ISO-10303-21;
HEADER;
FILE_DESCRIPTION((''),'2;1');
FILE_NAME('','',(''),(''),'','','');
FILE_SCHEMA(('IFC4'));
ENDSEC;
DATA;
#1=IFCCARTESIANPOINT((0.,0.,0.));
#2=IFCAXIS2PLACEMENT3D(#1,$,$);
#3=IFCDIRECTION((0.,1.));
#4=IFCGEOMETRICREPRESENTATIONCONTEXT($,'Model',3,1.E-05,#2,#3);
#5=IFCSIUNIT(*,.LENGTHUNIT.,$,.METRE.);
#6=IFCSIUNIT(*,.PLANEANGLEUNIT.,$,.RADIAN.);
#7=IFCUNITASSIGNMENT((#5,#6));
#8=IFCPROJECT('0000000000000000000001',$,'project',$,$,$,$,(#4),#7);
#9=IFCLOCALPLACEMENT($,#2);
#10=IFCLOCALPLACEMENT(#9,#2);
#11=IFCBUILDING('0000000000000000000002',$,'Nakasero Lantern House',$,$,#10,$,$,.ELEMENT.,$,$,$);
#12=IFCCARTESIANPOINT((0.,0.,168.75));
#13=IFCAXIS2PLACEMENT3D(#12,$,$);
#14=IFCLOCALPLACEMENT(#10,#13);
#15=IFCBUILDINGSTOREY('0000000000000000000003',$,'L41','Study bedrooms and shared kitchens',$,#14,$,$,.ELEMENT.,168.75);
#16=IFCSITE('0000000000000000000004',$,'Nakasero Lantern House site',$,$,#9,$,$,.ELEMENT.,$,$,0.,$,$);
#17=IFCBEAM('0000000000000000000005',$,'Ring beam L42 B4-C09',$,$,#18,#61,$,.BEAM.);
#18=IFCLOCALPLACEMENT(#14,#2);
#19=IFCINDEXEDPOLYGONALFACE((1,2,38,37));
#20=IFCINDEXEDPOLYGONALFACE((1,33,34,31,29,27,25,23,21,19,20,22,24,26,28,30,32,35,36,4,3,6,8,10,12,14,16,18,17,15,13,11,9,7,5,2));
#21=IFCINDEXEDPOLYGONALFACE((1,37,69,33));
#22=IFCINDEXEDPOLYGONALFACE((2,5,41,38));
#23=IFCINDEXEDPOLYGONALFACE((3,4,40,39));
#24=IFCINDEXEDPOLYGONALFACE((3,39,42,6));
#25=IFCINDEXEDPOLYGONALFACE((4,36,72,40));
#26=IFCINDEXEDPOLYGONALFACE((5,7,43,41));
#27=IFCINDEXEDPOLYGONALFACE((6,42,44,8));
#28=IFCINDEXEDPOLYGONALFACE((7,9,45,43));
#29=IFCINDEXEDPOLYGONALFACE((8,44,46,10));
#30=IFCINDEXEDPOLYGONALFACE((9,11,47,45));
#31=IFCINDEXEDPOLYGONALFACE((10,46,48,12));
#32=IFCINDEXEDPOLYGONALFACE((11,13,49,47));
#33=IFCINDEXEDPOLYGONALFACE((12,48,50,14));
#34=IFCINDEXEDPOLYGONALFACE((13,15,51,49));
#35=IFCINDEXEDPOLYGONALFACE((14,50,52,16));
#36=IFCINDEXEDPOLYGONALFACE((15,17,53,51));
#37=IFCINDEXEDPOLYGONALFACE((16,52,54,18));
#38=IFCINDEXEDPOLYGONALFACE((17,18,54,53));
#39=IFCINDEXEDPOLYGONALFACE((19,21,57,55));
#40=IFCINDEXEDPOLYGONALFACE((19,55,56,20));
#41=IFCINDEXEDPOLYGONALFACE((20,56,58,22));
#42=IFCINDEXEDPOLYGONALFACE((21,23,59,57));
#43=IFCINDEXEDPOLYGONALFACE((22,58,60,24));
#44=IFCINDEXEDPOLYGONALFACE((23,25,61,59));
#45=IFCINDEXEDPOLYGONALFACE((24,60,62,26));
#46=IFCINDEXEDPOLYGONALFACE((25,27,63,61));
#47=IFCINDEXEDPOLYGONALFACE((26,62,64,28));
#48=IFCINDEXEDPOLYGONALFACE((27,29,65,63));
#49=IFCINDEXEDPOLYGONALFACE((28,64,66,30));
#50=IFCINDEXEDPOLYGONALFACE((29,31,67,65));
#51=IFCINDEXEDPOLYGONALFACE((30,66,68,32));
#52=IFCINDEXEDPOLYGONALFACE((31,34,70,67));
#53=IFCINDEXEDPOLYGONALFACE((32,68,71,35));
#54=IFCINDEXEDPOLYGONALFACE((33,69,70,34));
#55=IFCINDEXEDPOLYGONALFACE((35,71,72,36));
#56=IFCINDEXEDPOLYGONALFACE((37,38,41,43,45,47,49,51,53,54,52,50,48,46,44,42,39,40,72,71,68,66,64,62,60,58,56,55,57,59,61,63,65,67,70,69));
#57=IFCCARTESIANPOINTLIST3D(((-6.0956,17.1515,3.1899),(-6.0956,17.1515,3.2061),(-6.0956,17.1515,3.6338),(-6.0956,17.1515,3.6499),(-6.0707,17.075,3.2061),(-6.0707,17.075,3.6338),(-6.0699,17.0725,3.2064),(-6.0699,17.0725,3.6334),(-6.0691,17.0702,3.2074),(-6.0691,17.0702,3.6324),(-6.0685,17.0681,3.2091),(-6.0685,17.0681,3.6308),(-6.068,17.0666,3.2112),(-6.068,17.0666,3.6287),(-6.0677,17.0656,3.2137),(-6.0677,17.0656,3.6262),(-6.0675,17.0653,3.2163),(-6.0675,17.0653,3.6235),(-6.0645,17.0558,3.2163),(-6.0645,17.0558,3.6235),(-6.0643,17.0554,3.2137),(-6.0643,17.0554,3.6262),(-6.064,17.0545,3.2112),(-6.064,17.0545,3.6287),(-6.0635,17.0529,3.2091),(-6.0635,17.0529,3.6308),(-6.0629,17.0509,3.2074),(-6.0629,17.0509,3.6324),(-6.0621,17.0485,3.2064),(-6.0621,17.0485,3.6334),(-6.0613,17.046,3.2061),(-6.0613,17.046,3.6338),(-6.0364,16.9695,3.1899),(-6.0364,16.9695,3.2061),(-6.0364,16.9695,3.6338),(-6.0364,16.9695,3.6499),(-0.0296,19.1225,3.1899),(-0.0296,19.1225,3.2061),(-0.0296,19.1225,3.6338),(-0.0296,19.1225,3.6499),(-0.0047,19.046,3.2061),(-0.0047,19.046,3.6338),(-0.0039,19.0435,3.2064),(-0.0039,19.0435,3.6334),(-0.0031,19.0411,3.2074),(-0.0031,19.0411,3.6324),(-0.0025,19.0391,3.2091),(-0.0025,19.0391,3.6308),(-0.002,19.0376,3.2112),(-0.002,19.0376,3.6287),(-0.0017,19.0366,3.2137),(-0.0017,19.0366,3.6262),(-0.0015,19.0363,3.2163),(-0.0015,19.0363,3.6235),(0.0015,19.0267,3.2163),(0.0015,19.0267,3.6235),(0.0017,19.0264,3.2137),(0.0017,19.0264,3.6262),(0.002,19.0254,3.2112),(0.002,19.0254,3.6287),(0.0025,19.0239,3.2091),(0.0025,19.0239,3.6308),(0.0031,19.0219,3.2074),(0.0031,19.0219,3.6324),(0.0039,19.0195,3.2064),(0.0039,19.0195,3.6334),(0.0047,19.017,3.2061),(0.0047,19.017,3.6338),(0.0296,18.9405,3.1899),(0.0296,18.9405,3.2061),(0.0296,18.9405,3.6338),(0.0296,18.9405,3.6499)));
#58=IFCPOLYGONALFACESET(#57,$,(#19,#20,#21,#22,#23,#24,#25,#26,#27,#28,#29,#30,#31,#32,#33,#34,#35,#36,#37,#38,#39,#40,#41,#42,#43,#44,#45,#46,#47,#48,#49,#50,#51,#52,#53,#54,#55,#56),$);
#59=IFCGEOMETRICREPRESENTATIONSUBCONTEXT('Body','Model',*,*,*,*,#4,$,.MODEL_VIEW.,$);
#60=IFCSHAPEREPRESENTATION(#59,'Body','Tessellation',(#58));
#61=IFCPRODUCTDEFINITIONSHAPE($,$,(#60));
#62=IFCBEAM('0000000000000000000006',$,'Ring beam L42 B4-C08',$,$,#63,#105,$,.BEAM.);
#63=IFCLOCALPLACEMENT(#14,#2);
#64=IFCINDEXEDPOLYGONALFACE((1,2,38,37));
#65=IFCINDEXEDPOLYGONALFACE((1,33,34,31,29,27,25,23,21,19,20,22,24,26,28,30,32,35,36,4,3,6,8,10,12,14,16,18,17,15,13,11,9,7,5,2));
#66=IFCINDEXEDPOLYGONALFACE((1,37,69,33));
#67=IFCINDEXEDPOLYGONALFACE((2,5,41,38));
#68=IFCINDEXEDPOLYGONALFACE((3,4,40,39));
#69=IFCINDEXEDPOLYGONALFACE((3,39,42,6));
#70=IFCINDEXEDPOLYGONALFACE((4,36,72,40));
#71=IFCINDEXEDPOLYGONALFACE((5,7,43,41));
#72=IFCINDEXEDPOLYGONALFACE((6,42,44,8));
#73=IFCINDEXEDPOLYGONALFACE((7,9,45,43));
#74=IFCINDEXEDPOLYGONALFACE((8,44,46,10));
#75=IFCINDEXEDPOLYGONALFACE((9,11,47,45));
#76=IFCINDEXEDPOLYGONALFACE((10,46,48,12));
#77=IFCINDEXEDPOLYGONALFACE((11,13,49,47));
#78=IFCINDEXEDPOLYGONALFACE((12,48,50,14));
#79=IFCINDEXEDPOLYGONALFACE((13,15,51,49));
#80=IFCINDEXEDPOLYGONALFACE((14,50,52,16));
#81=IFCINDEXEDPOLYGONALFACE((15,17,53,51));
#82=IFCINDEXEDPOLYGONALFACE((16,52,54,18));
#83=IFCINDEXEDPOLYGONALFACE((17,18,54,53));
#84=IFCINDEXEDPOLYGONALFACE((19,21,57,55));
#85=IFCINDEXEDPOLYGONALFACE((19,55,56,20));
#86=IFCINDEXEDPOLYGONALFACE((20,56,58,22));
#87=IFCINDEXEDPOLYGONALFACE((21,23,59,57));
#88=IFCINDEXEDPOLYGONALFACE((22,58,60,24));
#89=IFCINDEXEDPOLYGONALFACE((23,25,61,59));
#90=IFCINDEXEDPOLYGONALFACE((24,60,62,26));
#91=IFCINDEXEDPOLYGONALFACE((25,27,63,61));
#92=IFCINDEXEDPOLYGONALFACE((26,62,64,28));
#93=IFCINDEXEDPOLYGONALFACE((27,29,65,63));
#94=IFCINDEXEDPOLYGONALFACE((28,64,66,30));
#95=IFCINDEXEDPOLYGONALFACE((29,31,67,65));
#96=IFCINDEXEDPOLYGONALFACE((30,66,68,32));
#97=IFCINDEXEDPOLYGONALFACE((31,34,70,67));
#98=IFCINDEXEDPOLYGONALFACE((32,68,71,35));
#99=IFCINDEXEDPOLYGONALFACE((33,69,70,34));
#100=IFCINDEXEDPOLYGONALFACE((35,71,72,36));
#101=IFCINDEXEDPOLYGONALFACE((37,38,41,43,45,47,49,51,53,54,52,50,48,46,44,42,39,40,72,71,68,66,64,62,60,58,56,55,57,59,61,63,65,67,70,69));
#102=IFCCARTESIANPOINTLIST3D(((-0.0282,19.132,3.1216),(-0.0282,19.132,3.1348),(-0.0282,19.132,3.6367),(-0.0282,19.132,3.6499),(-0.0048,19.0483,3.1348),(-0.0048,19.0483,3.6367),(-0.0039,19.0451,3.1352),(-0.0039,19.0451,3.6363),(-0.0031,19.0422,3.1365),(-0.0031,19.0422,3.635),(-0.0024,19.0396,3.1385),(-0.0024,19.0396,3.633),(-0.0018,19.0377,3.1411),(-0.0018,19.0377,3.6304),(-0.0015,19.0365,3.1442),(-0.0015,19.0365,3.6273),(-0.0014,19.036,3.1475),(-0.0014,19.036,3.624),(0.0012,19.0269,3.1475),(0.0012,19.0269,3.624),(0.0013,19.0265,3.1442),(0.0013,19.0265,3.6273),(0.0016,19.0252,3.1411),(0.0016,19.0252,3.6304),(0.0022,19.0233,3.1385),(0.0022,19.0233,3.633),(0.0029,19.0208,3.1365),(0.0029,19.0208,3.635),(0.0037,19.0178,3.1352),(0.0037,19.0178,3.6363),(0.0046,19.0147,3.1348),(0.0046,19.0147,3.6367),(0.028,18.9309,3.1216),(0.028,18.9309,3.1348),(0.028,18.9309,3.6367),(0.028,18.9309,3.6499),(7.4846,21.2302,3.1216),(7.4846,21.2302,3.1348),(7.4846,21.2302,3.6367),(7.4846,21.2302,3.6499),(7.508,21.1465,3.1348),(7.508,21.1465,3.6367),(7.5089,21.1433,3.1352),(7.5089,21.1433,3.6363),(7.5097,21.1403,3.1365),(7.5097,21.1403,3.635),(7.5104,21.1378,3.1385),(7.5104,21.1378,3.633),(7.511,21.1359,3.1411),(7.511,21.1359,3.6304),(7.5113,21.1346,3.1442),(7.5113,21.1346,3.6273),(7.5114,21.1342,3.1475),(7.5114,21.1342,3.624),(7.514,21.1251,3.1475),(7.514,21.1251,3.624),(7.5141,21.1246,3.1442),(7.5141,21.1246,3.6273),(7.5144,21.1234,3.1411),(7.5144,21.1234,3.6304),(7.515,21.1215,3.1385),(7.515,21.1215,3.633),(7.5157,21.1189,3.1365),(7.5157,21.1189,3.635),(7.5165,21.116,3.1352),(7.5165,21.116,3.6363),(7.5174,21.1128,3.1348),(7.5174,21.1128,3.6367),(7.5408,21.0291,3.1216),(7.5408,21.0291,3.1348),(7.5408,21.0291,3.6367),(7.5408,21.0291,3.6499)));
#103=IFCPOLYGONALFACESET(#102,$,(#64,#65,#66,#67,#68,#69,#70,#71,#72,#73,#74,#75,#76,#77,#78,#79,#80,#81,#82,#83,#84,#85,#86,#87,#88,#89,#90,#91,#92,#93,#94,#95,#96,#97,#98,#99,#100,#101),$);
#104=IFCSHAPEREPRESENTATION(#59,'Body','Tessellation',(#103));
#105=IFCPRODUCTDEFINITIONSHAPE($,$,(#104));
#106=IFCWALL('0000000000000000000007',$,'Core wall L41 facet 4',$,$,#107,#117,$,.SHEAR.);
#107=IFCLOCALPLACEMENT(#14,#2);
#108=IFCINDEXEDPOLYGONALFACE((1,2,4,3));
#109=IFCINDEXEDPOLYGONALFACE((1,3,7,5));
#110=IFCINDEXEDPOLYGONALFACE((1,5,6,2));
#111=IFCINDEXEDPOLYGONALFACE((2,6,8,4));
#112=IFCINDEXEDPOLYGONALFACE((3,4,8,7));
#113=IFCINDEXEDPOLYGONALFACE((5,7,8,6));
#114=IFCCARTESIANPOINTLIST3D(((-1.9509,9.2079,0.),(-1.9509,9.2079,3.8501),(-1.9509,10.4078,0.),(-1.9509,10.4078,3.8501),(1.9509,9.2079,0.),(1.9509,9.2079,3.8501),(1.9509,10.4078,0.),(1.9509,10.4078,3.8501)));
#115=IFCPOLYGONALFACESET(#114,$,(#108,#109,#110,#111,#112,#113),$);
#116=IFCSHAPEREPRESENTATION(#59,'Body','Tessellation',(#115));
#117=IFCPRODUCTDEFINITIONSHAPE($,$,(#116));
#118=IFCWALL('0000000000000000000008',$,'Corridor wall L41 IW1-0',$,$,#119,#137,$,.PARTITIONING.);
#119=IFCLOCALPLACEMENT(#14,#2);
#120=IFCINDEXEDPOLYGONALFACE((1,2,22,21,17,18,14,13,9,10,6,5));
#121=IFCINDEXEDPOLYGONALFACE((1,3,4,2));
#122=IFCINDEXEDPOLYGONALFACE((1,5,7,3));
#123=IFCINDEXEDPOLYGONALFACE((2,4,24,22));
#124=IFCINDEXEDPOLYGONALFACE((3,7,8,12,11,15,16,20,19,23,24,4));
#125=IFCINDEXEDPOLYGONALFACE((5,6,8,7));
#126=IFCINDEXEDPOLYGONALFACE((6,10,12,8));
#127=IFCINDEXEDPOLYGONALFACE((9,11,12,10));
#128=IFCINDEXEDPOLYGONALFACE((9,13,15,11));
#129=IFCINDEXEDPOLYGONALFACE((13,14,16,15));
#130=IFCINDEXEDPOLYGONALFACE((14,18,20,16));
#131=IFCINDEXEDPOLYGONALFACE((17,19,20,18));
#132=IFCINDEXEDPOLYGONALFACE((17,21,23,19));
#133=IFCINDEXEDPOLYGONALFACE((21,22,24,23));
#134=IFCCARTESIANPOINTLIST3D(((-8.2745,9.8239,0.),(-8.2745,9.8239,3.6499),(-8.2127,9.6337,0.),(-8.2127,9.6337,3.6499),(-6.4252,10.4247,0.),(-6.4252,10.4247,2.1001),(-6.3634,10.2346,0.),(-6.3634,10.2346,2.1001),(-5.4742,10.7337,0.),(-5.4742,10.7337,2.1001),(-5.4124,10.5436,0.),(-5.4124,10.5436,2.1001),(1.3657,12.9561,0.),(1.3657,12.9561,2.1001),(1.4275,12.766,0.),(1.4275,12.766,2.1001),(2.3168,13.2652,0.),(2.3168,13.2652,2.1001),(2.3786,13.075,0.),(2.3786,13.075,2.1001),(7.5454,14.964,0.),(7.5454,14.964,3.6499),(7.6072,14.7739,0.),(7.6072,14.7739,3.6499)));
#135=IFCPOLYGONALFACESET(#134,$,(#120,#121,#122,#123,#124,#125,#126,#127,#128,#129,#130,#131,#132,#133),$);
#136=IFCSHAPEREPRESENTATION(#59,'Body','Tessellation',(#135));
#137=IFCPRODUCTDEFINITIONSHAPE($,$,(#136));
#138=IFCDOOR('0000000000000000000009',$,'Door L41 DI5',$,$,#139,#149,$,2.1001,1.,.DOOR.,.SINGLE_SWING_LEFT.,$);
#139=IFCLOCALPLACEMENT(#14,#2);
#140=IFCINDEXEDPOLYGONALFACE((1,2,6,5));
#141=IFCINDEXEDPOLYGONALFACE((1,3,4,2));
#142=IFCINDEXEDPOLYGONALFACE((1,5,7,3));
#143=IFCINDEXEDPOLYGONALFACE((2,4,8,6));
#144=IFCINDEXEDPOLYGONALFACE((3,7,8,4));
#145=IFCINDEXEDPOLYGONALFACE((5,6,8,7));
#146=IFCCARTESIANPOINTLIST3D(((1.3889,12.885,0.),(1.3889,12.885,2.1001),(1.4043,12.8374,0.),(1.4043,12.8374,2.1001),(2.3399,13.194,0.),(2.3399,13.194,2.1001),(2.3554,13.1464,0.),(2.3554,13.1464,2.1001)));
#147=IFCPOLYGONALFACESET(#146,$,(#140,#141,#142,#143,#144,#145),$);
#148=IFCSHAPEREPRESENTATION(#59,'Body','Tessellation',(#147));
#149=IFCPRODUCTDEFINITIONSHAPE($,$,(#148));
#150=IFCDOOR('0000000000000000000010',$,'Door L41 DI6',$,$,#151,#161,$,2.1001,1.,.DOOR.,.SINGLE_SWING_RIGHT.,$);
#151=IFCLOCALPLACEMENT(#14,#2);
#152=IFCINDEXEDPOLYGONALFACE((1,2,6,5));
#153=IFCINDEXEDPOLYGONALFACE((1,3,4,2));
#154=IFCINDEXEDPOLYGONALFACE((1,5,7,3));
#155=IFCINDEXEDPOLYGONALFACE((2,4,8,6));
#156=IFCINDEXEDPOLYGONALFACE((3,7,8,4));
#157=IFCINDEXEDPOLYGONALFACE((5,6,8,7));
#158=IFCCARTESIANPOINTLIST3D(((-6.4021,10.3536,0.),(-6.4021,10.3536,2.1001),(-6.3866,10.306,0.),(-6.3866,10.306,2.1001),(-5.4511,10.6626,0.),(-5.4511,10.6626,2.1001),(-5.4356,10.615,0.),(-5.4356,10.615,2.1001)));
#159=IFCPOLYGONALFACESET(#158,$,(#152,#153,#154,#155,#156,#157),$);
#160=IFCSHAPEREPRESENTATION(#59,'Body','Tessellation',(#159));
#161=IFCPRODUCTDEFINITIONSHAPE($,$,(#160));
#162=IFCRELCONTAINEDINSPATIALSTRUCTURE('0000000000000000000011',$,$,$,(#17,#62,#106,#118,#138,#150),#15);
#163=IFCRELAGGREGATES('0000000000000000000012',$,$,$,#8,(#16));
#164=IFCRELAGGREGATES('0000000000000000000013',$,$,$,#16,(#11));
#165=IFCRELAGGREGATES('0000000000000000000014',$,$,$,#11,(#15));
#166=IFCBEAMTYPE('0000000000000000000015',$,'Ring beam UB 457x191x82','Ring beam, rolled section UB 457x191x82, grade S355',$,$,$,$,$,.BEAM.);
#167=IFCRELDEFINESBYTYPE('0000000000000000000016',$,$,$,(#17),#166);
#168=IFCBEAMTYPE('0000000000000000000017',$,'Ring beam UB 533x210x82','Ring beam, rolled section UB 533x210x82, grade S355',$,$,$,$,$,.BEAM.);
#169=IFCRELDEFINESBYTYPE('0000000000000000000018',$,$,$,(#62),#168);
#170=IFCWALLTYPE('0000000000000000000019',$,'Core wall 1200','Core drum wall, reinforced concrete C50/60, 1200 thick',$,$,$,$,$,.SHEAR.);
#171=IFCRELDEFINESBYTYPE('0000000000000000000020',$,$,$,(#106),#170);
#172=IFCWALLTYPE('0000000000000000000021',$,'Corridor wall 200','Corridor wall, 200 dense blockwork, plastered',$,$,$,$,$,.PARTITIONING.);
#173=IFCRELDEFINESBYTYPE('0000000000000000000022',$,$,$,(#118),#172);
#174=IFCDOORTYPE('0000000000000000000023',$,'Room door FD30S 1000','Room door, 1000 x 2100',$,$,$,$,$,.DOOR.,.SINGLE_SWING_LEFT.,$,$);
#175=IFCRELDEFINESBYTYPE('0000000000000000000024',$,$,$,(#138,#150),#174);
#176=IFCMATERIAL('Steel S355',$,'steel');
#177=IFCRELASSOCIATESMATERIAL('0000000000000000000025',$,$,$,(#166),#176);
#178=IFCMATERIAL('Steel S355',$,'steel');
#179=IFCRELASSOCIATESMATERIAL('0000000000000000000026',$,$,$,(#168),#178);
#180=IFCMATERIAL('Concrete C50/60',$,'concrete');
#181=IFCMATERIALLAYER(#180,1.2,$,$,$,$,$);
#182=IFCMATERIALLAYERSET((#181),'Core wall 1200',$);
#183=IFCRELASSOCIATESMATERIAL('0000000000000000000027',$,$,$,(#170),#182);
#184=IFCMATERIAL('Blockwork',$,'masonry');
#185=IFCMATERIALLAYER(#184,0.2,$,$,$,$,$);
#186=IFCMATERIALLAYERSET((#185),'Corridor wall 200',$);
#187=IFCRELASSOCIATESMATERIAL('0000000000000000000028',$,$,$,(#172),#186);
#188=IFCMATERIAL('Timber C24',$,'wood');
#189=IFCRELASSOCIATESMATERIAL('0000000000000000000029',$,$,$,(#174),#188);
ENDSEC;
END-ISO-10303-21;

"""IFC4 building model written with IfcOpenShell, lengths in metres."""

from ifc_helpers import new_model, si_unit, direction, frame, frame_2d, origin, origin_2d, place, context, subcontext, project, spatial, rectangle, i_section, extrude, material, layer, layer_set, material_profile, profile_set, type_object, element, fill, save


model = new_model("IFC4")

# Units and contexts
model_context = context("Model", 3, precision=1e-05, world=origin(), true_north=direction((0.0, 1.0)))
body_context = subcontext(model_context, "Body", "Model", "MODEL_VIEW")
ifc_project = project(units=[si_unit("LENGTHUNIT", "METRE"), si_unit("PLANEANGLEUNIT", "RADIAN")], contexts=[model_context])

# Site, building, storey
site_placement = place(None, origin())
site = spatial("IfcSite", under=ifc_project, at=site_placement, Name="Nakasero Lantern House site", CompositionType="ELEMENT", RefElevation=0.0)
building_placement = place(site_placement, origin())
building = spatial("IfcBuilding", under=site, at=building_placement, Name="Nakasero Lantern House", CompositionType="ELEMENT")
storey_placement = place(building_placement, frame((0.0, 0.0, 168.75)))
storey = spatial("IfcBuildingStorey", under=building, at=storey_placement, Name="L41", Description="Study bedrooms and shared kitchens", CompositionType="ELEMENT", Elevation=168.75)

# Beams
ifc_material_1 = material(Name="Steel S355", Category="steel")
ifc_material_profile_1 = material_profile(ifc_material_1, i_section(OverallWidth=0.1914, OverallDepth=0.46, WebThickness=0.01, FlangeThickness=0.0161, FilletRadius=0.0103, at=origin_2d()), Name="UB 457x191x82")
ifc_profile_set_1 = profile_set([ifc_material_profile_1], Name="Steel S355")
beam_type_1 = type_object("IfcBeamType", Name="Ring beam UB 457x191x82", Description="Ring beam, rolled section UB 457x191x82, grade S355", PredefinedType="BEAM", material=ifc_profile_set_1)
beam_1_placement = place(storey_placement, frame((0.0, 19.0315, 3.4199), z_axis=(-0.951056, -0.309019, 0.0), x_axis=(0.309019, -0.951056, 0.0)))
element("IfcBeam", 1, at=beam_1_placement, inside=storey, type_object=beam_type_1, Name="Ring beam L42 B4-C09", PredefinedType="BEAM", context=body_context, shape_type="SweptSolid", body=[
    extrude(i_section(OverallWidth=0.1914, OverallDepth=0.46, WebThickness=0.01, FlangeThickness=0.0161, FilletRadius=0.0103, at=origin_2d()), origin(), (0.0, 0.0, 1.0), 6.3782),
])
ifc_material_2 = material(Name="Steel S355", Category="steel")
ifc_material_profile_2 = material_profile(ifc_material_2, i_section(OverallWidth=0.2087, OverallDepth=0.5283, WebThickness=0.0095, FlangeThickness=0.0132, FilletRadius=0.0127, at=origin_2d()), Name="UB 533x210x82")
ifc_profile_set_2 = profile_set([ifc_material_profile_2], Name="Steel S355")
beam_type_2 = type_object("IfcBeamType", Name="Ring beam UB 533x210x82", Description="Ring beam, rolled section UB 533x210x82, grade S355", PredefinedType="BEAM", material=ifc_profile_set_2)
beam_2_placement = place(storey_placement, frame((7.5127, 21.1296, 3.3857), z_axis=(-0.963144, -0.268987, 0.0), x_axis=(0.268987, -0.963144, 0.0)))
element("IfcBeam", 2, at=beam_2_placement, inside=storey, type_object=beam_type_2, Name="Ring beam L42 B4-C08", PredefinedType="BEAM", context=body_context, shape_type="SweptSolid", body=[
    extrude(i_section(OverallWidth=0.2087, OverallDepth=0.5283, WebThickness=0.0095, FlangeThickness=0.0132, FilletRadius=0.0127, at=origin_2d()), origin(), (0.0, 0.0, 1.0), 7.8003),
])

# Wall
ifc_material_3 = material(Name="Concrete C50/60", Category="concrete")
ifc_layer_1 = layer(ifc_material_3, 1.2)
ifc_layer_set_1 = layer_set([ifc_layer_1], Name="Core wall 1200")
wall_type_1 = type_object("IfcWallType", Name="Core wall 1200", Description="Core drum wall, reinforced concrete C50/60, 1200 thick", PredefinedType="SHEAR", material=ifc_layer_set_1)
wall_1_placement = place(storey_placement, frame((1.9509, 9.8079, 0.0), z_axis=(0.0, 0.0, 1.0), x_axis=(-1.0, 0.0, 0.0)))
element("IfcWall", 3, at=wall_1_placement, inside=storey, type_object=wall_type_1, Name="Core wall L41 facet 4", PredefinedType="SHEAR", context=body_context, shape_type="SweptSolid", body=[
    extrude(rectangle(XDim=3.9019, YDim=1.2, at=frame_2d((1.9509, 0.0))), origin(), (0.0, 0.0, 1.0), 3.8501),
])

# Wall, openings, doors
ifc_material_4 = material(Name="Blockwork", Category="masonry")
ifc_layer_2 = layer(ifc_material_4, 0.2)
ifc_layer_set_2 = layer_set([ifc_layer_2], Name="Corridor wall 200")
wall_type_2 = type_object("IfcWallType", Name="Corridor wall 200", Description="Corridor wall, 200 dense blockwork, plastered", PredefinedType="PARTITIONING", material=ifc_layer_set_2)
wall_2_placement = place(storey_placement, frame((7.5762, 14.8689, 0.0), z_axis=(0.0, 0.0, 1.0), x_axis=(-0.951057, -0.309015, 0.0)))
wall_2 = element("IfcWall", 4, at=wall_2_placement, inside=storey, type_object=wall_type_2, Name="Corridor wall L41 IW1-0", PredefinedType="PARTITIONING", context=body_context, shape_type="SweptSolid", body=[
    extrude(rectangle(XDim=16.634, YDim=0.2, at=frame_2d((8.3169, 0.0))), origin(), (0.0, 0.0, 1.0), 3.6499),
])
opening_1_placement = place(wall_2_placement, frame((5.4976, 0.0, 0.0)))
opening_1 = element("IfcOpeningElement", 5, at=opening_1_placement, cuts=wall_2, PredefinedType="OPENING", context=body_context, shape_type="SweptSolid", body=[
    extrude(rectangle(XDim=1.0, YDim=2.1001, at=frame_2d((0.5, 1.05))), frame((0.0, 0.1199, 0.0), z_axis=(0.0, -1.0, 0.0), x_axis=(1.0, 0.0, 0.0)), (0.0, 0.0, 1.0), 0.24),
])
opening_2_placement = place(wall_2_placement, frame((13.6895, 0.0, 0.0)))
opening_2 = element("IfcOpeningElement", 6, at=opening_2_placement, cuts=wall_2, PredefinedType="OPENING", context=body_context, shape_type="SweptSolid", body=[
    extrude(rectangle(XDim=1.0, YDim=2.1001, at=frame_2d((0.5, 1.05))), frame((0.0, 0.1199, 0.0), z_axis=(0.0, -1.0, 0.0), x_axis=(1.0, 0.0, 0.0)), (0.0, 0.0, 1.0), 0.24),
])
ifc_material_5 = material(Name="Timber C24", Category="wood")
door_type_1 = type_object("IfcDoorType", Name="Room door FD30S 1000", Description="Room door, 1000 x 2100", OperationType="SINGLE_SWING_LEFT", PredefinedType="DOOR", material=ifc_material_5)
door_1_placement = place(opening_1_placement, origin())
door_1 = element("IfcDoor", 7, at=door_1_placement, inside=storey, type_object=door_type_1, Name="Door L41 DI5", OperationType="SINGLE_SWING_LEFT", OverallHeight=2.1001, OverallWidth=1.0, PredefinedType="DOOR", context=body_context, shape_type="SweptSolid", body=[
    extrude(rectangle(XDim=1.0, YDim=2.1001, at=frame_2d((0.5, 1.05))), frame((0.0, 0.0249, 0.0), z_axis=(0.0, -1.0, 0.0), x_axis=(1.0, 0.0, 0.0)), (0.0, 0.0, 1.0), 0.05),
])
fill(opening_1, door_1)
door_2_placement = place(opening_2_placement, origin())
door_2 = element("IfcDoor", 8, at=door_2_placement, inside=storey, type_object=door_type_1, Name="Door L41 DI6", OperationType="SINGLE_SWING_RIGHT", OverallHeight=2.1001, OverallWidth=1.0, PredefinedType="DOOR", context=body_context, shape_type="SweptSolid", body=[
    extrude(rectangle(XDim=1.0, YDim=2.1001, at=frame_2d((0.5, 1.05))), frame((0.0, 0.0249, 0.0), z_axis=(0.0, -1.0, 0.0), x_axis=(1.0, 0.0, 0.0)), (0.0, 0.0, 1.0), 0.05),
])
fill(opening_2, door_2)

save(model, "model.ifc")
